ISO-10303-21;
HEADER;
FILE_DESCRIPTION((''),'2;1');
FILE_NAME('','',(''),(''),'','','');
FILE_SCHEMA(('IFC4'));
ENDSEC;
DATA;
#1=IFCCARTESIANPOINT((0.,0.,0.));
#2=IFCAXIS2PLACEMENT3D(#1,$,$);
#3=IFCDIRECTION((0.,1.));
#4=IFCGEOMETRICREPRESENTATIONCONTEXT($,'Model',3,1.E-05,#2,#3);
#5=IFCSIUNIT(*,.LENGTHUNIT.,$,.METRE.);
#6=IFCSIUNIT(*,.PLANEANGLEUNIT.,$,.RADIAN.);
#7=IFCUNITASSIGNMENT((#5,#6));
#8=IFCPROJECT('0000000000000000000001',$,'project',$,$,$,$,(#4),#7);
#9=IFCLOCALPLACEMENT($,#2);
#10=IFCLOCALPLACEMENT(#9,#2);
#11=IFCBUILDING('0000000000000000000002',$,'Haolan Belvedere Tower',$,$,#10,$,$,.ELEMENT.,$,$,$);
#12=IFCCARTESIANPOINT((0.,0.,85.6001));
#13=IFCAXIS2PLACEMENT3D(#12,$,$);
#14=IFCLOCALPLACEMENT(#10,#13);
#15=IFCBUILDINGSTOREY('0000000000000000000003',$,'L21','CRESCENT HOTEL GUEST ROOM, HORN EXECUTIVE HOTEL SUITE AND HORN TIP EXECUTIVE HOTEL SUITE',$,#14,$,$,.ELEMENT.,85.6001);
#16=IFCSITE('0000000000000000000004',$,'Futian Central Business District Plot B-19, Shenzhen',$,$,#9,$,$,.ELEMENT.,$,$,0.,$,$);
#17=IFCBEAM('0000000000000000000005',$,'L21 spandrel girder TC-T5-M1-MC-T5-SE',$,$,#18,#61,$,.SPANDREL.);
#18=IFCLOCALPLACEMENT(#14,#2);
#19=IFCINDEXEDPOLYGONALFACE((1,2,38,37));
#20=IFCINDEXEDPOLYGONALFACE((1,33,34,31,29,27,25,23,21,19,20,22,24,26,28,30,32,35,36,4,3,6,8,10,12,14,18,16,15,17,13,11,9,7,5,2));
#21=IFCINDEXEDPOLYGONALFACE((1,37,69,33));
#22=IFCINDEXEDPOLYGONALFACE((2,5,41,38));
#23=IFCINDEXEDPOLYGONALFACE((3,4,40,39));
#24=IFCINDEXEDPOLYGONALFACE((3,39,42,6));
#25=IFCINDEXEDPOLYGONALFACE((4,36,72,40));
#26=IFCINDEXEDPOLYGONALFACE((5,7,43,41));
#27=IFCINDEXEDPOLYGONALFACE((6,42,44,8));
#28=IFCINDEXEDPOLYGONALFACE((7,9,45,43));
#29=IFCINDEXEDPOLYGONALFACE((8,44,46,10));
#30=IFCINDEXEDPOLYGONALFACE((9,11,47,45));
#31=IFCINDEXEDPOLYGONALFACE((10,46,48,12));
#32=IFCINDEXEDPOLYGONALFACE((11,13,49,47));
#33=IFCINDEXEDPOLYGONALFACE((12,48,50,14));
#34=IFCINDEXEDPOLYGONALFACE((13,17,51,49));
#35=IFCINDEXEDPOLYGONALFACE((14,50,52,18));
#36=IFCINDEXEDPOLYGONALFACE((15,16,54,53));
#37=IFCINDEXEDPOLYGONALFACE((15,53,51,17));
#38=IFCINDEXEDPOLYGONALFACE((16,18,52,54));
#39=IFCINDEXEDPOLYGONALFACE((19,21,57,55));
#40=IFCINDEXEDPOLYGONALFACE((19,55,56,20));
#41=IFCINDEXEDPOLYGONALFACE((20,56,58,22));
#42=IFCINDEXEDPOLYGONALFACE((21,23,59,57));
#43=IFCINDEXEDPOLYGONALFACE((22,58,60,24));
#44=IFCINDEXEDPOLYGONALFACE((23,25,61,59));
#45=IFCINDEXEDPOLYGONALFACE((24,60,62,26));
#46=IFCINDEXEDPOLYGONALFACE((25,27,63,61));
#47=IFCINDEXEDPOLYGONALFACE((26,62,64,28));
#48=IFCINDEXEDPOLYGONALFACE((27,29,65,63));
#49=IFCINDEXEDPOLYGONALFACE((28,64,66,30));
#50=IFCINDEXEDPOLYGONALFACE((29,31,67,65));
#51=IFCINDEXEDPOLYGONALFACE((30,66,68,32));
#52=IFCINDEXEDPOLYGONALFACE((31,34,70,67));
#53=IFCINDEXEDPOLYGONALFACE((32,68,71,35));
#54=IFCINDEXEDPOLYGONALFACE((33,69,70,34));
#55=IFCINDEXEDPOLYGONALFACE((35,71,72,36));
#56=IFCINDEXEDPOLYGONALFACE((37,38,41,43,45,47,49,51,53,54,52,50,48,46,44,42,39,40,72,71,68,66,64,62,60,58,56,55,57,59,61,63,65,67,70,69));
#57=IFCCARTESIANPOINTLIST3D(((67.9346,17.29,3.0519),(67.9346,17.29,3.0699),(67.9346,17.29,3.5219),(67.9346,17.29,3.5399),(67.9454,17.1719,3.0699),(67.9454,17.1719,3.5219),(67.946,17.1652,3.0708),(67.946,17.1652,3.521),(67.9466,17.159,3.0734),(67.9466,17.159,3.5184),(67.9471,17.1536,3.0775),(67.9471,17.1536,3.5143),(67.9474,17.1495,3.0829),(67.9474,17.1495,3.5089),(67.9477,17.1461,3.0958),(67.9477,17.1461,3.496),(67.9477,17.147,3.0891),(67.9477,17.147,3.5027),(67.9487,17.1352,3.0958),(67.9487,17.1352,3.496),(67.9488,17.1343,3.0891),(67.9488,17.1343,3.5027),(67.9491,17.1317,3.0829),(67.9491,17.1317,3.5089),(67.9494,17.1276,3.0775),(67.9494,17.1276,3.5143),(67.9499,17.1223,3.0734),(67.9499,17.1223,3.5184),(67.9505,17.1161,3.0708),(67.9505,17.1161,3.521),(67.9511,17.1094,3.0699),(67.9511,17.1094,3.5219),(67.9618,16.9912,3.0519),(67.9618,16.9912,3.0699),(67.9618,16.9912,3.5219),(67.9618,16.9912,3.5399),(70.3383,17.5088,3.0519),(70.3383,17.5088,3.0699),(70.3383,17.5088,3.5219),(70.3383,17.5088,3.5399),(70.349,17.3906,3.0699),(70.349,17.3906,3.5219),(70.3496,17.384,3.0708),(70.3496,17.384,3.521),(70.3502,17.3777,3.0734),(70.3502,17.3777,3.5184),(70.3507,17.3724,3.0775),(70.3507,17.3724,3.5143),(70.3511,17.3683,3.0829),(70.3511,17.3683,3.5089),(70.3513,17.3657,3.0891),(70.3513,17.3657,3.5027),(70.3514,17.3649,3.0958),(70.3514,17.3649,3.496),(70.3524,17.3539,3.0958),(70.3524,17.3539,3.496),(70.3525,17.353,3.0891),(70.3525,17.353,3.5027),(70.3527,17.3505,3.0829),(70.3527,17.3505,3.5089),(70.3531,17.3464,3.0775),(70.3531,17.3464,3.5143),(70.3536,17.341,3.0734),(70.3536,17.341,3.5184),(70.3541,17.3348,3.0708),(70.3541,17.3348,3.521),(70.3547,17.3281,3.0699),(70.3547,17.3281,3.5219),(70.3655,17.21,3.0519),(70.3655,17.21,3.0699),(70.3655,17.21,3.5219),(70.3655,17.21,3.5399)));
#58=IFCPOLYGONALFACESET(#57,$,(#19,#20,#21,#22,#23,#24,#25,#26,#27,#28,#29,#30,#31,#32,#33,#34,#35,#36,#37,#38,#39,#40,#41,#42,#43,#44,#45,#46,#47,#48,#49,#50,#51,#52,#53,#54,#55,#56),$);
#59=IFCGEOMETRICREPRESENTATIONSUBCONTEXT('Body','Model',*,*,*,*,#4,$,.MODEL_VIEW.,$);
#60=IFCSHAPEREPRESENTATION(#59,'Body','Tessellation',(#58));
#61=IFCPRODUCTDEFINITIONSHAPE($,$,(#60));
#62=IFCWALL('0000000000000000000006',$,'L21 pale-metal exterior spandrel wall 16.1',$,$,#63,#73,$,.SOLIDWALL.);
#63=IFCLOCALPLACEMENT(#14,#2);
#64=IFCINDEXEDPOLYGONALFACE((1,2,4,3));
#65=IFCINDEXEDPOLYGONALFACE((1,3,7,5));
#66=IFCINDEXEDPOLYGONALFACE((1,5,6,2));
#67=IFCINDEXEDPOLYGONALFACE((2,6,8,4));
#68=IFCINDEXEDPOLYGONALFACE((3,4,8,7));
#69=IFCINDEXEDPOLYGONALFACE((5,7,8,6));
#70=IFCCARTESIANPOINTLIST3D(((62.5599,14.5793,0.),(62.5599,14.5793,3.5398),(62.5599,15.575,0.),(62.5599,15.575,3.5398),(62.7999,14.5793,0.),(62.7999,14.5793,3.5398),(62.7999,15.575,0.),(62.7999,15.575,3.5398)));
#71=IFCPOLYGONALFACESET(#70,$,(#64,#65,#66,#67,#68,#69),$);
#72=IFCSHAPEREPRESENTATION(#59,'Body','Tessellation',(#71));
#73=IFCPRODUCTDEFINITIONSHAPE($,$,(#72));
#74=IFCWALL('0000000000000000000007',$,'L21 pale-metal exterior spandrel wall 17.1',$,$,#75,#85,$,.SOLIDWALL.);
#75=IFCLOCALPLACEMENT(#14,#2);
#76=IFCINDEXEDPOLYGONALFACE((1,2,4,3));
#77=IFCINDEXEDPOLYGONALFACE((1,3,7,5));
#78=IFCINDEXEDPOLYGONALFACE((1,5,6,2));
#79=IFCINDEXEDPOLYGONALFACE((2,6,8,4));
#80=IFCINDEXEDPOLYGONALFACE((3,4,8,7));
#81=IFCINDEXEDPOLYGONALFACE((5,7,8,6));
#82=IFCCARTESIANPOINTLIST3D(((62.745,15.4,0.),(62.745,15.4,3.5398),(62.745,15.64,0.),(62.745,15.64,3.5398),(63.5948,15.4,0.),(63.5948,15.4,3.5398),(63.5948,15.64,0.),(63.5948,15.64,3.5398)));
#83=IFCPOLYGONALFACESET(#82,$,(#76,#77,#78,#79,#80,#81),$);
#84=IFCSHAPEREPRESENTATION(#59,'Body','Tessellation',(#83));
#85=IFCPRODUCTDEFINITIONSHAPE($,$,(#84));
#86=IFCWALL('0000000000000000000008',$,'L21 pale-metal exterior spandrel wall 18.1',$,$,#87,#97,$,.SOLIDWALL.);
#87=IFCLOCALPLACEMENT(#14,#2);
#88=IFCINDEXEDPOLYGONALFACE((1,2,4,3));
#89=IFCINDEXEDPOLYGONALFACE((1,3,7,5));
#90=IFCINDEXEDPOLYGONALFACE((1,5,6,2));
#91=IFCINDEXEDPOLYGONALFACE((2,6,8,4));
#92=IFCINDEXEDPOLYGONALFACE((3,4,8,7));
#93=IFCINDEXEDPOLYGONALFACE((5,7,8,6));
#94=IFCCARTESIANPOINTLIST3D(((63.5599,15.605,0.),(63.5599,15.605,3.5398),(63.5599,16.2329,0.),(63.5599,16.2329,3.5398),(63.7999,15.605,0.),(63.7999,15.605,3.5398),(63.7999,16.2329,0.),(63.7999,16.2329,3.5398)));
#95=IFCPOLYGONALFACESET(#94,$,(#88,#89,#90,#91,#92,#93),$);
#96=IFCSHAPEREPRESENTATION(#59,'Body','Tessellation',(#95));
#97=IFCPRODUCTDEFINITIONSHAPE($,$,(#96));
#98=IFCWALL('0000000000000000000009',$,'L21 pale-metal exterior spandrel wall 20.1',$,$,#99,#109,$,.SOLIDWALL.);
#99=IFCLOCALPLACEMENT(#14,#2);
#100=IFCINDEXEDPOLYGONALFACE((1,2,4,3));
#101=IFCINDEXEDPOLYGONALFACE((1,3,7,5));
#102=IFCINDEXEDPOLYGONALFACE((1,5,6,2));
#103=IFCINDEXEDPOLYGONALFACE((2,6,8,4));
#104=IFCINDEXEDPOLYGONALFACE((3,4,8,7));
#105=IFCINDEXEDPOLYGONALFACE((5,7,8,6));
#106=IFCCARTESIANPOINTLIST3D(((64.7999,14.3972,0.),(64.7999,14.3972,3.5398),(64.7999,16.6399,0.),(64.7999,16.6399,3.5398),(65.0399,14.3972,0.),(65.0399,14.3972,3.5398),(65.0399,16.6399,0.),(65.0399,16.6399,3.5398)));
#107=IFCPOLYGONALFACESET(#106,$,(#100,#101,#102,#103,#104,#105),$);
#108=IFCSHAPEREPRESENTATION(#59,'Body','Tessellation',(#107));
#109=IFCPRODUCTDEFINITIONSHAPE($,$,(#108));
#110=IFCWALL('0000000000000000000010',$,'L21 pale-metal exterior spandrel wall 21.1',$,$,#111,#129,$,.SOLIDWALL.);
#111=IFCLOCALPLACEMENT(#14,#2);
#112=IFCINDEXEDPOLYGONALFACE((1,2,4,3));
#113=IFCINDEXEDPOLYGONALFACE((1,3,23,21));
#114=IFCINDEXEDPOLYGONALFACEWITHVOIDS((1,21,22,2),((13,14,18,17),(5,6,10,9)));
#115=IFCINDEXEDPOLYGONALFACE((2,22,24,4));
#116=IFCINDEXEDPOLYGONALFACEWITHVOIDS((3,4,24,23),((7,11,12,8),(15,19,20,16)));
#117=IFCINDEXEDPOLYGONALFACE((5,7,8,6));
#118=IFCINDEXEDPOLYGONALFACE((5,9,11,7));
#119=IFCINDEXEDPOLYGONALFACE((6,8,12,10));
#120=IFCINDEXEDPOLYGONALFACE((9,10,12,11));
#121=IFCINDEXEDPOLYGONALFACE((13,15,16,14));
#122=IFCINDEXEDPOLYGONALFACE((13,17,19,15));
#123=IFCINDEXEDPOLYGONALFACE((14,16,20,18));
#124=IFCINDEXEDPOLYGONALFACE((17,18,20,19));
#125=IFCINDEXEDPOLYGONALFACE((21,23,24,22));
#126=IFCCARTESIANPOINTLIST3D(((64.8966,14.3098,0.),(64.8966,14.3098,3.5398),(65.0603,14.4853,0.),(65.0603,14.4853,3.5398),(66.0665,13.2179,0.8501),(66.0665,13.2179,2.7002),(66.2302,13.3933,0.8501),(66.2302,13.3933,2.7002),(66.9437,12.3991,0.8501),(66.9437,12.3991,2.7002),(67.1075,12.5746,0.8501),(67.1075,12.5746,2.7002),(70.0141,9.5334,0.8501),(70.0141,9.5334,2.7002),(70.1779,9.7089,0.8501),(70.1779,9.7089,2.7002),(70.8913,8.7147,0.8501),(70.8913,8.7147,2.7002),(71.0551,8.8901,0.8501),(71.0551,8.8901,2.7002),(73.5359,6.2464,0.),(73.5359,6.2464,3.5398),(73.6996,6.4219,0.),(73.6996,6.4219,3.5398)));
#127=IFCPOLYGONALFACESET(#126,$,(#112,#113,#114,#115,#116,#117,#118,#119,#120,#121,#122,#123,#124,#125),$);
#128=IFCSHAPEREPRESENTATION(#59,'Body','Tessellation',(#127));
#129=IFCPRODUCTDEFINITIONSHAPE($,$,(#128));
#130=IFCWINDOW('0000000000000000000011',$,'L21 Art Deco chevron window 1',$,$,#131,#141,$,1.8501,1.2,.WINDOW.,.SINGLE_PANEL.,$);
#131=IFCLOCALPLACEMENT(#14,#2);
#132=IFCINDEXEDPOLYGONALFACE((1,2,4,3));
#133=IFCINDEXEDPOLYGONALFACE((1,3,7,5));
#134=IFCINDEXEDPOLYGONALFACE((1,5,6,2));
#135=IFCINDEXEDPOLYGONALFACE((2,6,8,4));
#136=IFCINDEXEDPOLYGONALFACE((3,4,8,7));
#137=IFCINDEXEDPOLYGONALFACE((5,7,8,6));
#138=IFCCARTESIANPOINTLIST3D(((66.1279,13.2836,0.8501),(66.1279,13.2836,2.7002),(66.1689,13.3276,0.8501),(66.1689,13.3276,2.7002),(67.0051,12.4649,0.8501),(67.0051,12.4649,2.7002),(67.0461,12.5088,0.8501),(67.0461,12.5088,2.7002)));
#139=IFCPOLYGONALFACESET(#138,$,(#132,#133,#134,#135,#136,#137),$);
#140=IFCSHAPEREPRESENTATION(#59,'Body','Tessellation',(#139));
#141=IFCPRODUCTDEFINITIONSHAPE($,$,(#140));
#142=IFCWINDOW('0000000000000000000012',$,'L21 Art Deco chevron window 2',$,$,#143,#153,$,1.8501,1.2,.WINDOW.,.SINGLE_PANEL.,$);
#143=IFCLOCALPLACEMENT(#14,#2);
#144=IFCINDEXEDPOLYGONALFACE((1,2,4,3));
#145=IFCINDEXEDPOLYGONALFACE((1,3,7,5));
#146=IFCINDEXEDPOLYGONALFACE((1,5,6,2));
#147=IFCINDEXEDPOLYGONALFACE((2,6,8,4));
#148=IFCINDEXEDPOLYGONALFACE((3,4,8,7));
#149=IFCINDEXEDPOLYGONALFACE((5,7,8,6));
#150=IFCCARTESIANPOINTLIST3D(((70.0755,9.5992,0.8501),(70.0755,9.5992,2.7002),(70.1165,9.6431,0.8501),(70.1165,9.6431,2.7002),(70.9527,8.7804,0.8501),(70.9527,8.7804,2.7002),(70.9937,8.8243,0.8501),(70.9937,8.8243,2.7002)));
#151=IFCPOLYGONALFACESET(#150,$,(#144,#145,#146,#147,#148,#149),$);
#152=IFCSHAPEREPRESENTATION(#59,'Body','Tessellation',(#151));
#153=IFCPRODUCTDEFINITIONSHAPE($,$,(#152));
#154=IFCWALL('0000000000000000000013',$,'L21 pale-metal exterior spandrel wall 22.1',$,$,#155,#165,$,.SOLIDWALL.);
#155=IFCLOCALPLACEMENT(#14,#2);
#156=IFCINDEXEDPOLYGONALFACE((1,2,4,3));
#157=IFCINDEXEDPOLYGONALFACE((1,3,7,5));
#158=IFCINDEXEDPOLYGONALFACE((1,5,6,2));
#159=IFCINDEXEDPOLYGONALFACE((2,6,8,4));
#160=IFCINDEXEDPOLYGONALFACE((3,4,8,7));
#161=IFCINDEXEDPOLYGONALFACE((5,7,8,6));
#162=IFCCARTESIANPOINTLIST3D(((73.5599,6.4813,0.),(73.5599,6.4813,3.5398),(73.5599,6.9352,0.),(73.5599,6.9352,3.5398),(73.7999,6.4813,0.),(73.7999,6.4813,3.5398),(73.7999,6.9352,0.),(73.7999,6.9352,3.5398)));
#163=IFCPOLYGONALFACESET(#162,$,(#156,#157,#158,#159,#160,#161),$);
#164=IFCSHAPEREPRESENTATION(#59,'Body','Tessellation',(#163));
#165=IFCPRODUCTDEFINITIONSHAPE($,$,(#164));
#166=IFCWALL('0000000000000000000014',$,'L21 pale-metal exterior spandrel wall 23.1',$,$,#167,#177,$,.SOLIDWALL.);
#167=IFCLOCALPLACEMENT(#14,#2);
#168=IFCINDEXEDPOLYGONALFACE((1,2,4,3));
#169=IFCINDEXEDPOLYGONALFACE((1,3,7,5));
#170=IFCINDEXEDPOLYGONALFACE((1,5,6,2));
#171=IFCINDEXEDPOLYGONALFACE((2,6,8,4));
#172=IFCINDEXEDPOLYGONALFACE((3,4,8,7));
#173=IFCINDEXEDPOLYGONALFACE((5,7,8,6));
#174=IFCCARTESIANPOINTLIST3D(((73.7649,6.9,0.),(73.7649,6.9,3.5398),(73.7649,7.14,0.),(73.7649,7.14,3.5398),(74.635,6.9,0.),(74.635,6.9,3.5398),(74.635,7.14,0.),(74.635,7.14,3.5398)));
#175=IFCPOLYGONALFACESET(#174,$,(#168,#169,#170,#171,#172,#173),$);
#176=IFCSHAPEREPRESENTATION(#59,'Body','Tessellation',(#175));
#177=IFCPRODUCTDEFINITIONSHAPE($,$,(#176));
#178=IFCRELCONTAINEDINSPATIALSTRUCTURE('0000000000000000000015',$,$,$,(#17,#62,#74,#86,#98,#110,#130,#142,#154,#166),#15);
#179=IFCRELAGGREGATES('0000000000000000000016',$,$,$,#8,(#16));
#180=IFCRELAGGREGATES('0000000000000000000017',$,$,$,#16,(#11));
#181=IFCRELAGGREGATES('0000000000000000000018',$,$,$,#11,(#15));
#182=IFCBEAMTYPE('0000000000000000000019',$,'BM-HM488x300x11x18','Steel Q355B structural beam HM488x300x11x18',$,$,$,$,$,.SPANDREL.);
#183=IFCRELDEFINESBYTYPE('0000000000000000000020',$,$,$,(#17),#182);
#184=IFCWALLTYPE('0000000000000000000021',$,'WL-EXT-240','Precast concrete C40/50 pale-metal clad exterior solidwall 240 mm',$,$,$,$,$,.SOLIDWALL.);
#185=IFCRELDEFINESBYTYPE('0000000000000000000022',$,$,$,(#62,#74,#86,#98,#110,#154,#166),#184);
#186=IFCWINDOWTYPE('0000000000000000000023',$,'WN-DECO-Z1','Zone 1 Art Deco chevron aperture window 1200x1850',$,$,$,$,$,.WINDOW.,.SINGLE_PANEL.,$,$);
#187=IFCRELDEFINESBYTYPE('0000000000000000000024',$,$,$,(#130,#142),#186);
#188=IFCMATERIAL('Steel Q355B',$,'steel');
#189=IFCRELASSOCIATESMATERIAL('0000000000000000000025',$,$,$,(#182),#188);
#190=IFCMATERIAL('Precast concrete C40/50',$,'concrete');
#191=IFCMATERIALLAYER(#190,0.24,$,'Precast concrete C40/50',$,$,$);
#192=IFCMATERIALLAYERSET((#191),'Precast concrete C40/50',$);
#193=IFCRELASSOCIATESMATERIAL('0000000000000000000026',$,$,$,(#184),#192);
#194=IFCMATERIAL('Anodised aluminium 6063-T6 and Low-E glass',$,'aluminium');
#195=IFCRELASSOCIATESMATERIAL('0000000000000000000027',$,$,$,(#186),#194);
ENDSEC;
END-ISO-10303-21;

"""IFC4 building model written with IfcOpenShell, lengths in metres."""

from ifc_helpers import new_model, si_unit, direction, frame, frame_2d, origin, origin_2d, place, context, subcontext, project, spatial, rectangle, i_section, extrude, material, layer, layer_set, material_profile, profile_set, type_object, element, fill, save


model = new_model("IFC4")

# Units and contexts
model_context = context("Model", 3, precision=1e-05, world=origin(), true_north=direction((0.0, 1.0)))
body_context = subcontext(model_context, "Body", "Model", "MODEL_VIEW")
ifc_project = project(units=[si_unit("LENGTHUNIT", "METRE"), si_unit("PLANEANGLEUNIT", "RADIAN")], contexts=[model_context])

# Site, building, storey
site_placement = place(None, origin())
site = spatial("IfcSite", under=ifc_project, at=site_placement, Name="Futian Central Business District Plot B-19, Shenzhen", CompositionType="ELEMENT", RefElevation=0.0)
building_placement = place(site_placement, origin())
building = spatial("IfcBuilding", under=site, at=building_placement, Name="Haolan Belvedere Tower", CompositionType="ELEMENT")
storey_placement = place(building_placement, frame((0.0, 0.0, 85.6001)))
storey = spatial("IfcBuildingStorey", under=building, at=storey_placement, Name="L21", Description="CRESCENT HOTEL GUEST ROOM, HORN EXECUTIVE HOTEL SUITE AND HORN TIP EXECUTIVE HOTEL SUITE", CompositionType="ELEMENT", Elevation=85.6001)

# Shared definitions
ifc_material_1 = material(Name="Steel Q355B", Category="steel")

# Beam
ifc_material_profile_1 = material_profile(ifc_material_1, i_section(OverallWidth=0.3, OverallDepth=0.488, WebThickness=0.011, FlangeThickness=0.0181, FilletRadius=0.0259, at=origin_2d()), Name="Steel Q355B")
ifc_profile_set_1 = profile_set([ifc_material_profile_1], Name="Steel Q355B")
beam_type = type_object("IfcBeamType", Name="BM-HM488x300x11x18", Description="Steel Q355B structural beam HM488x300x11x18", PredefinedType="SPANDREL", material=ifc_profile_set_1)
for number, where, z_axis, x_axis, name in (
    (1, (67.9482, 17.1406, 3.2959), (0.995884, 0.090636, 0.0), (-0.090636, 0.995884, 0.0), "L21 spandrel girder TC-T5-M1-MC-T5-SE"),
):
    element("IfcBeam", number, at=place(storey_placement, frame(where, z_axis=z_axis, x_axis=x_axis)), inside=storey, type_object=beam_type, Name=name, PredefinedType="SPANDREL", context=body_context, shape_type="SweptSolid", body=[
        extrude(i_section(OverallWidth=0.3, OverallDepth=0.488, WebThickness=0.011, FlangeThickness=0.0181, FilletRadius=0.0259, at=origin_2d()), origin(), (0.0, 0.0, 1.0), 2.4136),
    ])

# Walls
ifc_material_2 = material(Name="Precast concrete C40/50", Category="concrete")
ifc_layer_1 = layer(ifc_material_2, 0.24, Name="Precast concrete C40/50")
ifc_layer_set_1 = layer_set([ifc_layer_1], Name="Precast concrete C40/50")
wall_type_1 = type_object("IfcWallType", Name="WL-EXT-240", Description="Precast concrete C40/50 pale-metal clad exterior solidwall 240 mm", PredefinedType="SOLIDWALL", material=ifc_layer_set_1)
wall_1_placement = place(storey_placement, frame((62.6799, 14.5793, 0.0), z_axis=(0.0, 0.0, 1.0), x_axis=(0.0, 1.0, 0.0)))
element("IfcWall", 2, at=wall_1_placement, inside=storey, type_object=wall_type_1, Name="L21 pale-metal exterior spandrel wall 16.1", PredefinedType="SOLIDWALL", context=body_context, shape_type="SweptSolid", body=[
    extrude(rectangle(XDim=0.9956, YDim=0.24, at=frame_2d((0.4978, 0.0))), origin(), (0.0, 0.0, 1.0), 3.5398),
])
wall_2_placement = place(storey_placement, frame((62.7451, 15.52, 0.0), z_axis=(0.0, 0.0, 1.0), x_axis=(1.0, 0.0, 0.0)))
element("IfcWall", 3, at=wall_2_placement, inside=storey, type_object=wall_type_1, Name="L21 pale-metal exterior spandrel wall 17.1", PredefinedType="SOLIDWALL", context=body_context, shape_type="SweptSolid", body=[
    extrude(rectangle(XDim=0.8499, YDim=0.24, at=frame_2d((0.4248, 0.0))), origin(), (0.0, 0.0, 1.0), 3.5398),
])
wall_3_placement = place(storey_placement, frame((63.6799, 15.605, 0.0), z_axis=(0.0, 0.0, 1.0), x_axis=(0.0, 1.0, 0.0)))
element("IfcWall", 4, at=wall_3_placement, inside=storey, type_object=wall_type_1, Name="L21 pale-metal exterior spandrel wall 18.1", PredefinedType="SOLIDWALL", context=body_context, shape_type="SweptSolid", body=[
    extrude(rectangle(XDim=0.6279, YDim=0.24, at=frame_2d((0.314, 0.0))), origin(), (0.0, 0.0, 1.0), 3.5398),
])
wall_4_placement = place(storey_placement, frame((64.9199, 16.6399, 0.0), z_axis=(0.0, 0.0, 1.0), x_axis=(0.0, -1.0, 0.0)))
element("IfcWall", 5, at=wall_4_placement, inside=storey, type_object=wall_type_1, Name="L21 pale-metal exterior spandrel wall 20.1", PredefinedType="SOLIDWALL", context=body_context, shape_type="SweptSolid", body=[
    extrude(rectangle(XDim=2.2427, YDim=0.24, at=frame_2d((1.1213, 0.0))), origin(), (0.0, 0.0, 1.0), 3.5398),
])

# Wall, openings, windows
wall_5_placement = place(storey_placement, frame((64.9785, 14.3975, 0.0), z_axis=(0.0, 0.0, 1.0), x_axis=(0.731054, -0.68232, 0.0)))
wall_5 = element("IfcWall", 6, at=wall_5_placement, inside=storey, type_object=wall_type_1, Name="L21 pale-metal exterior spandrel wall 21.1", PredefinedType="SOLIDWALL", context=body_context, shape_type="SweptSolid", body=[
    extrude(rectangle(XDim=11.8176, YDim=0.24, at=frame_2d((5.9087, 0.0))), origin(), (0.0, 0.0, 1.0), 3.5398),
])
opening_1_placement = place(wall_5_placement, frame((1.6001, 0.0, 0.8501)))
opening_1 = element("IfcOpeningElement", 7, at=opening_1_placement, cuts=wall_5, PredefinedType="OPENING", context=body_context, shape_type="SweptSolid", body=[
    extrude(rectangle(XDim=1.2, YDim=1.8501, at=frame_2d((0.6001, 0.925))), frame((0.0, 0.1299, 0.0), z_axis=(0.0, -1.0, 0.0), x_axis=(1.0, 0.0, 0.0)), (0.0, 0.0, 1.0), 0.26),
])
opening_2_placement = place(wall_5_placement, frame((7.0, 0.0, 0.8501)))
opening_2 = element("IfcOpeningElement", 8, at=opening_2_placement, cuts=wall_5, PredefinedType="OPENING", context=body_context, shape_type="SweptSolid", body=[
    extrude(rectangle(XDim=1.2, YDim=1.8501, at=frame_2d((0.6001, 0.925))), frame((0.0, 0.1299, 0.0), z_axis=(0.0, -1.0, 0.0), x_axis=(1.0, 0.0, 0.0)), (0.0, 0.0, 1.0), 0.26),
])
ifc_material_3 = material(Name="Anodised aluminium 6063-T6 and Low-E glass", Category="aluminium")
window_type = type_object("IfcWindowType", Name="WN-DECO-Z1", Description="Zone 1 Art Deco chevron aperture window 1200x1850", PartitioningType="SINGLE_PANEL", PredefinedType="WINDOW", material=ifc_material_3)
window_1_placement = place(opening_1_placement, origin())
window_1 = element("IfcWindow", 9, at=window_1_placement, inside=storey, type_object=window_type, Name="L21 Art Deco chevron window 1", OverallHeight=1.8501, OverallWidth=1.2, PartitioningType="SINGLE_PANEL", PredefinedType="WINDOW", context=body_context, shape_type="SweptSolid", body=[
    extrude(rectangle(XDim=1.2, YDim=1.8501, at=frame_2d((0.6001, 0.925))), frame((0.0, 0.03, 0.0), z_axis=(0.0, -1.0, 0.0), x_axis=(1.0, 0.0, 0.0)), (0.0, 0.0, 1.0), 0.0601),
])
fill(opening_1, window_1)
window_2_placement = place(opening_2_placement, origin())
window_2 = element("IfcWindow", 10, at=window_2_placement, inside=storey, type_object=window_type, Name="L21 Art Deco chevron window 2", OverallHeight=1.8501, OverallWidth=1.2, PartitioningType="SINGLE_PANEL", PredefinedType="WINDOW", context=body_context, shape_type="SweptSolid", body=[
    extrude(rectangle(XDim=1.2, YDim=1.8501, at=frame_2d((0.6001, 0.925))), frame((0.0, 0.03, 0.0), z_axis=(0.0, -1.0, 0.0), x_axis=(1.0, 0.0, 0.0)), (0.0, 0.0, 1.0), 0.0601),
])
fill(opening_2, window_2)

# Walls
wall_6_placement = place(storey_placement, frame((73.6799, 6.4812, 0.0), z_axis=(0.0, 0.0, 1.0), x_axis=(0.0, 1.0, 0.0)))
element("IfcWall", 11, at=wall_6_placement, inside=storey, type_object=wall_type_1, Name="L21 pale-metal exterior spandrel wall 22.1", PredefinedType="SOLIDWALL", context=body_context, shape_type="SweptSolid", body=[
    extrude(rectangle(XDim=0.4539, YDim=0.24, at=frame_2d((0.2271, 0.0))), origin(), (0.0, 0.0, 1.0), 3.5398),
])
wall_7_placement = place(storey_placement, frame((73.7649, 7.02, 0.0), z_axis=(0.0, 0.0, 1.0), x_axis=(1.0, 0.0, 0.0)))
element("IfcWall", 12, at=wall_7_placement, inside=storey, type_object=wall_type_1, Name="L21 pale-metal exterior spandrel wall 23.1", PredefinedType="SOLIDWALL", context=body_context, shape_type="SweptSolid", body=[
    extrude(rectangle(XDim=0.8701, YDim=0.24, at=frame_2d((0.4351, 0.0))), origin(), (0.0, 0.0, 1.0), 3.5398),
])

save(model, "model.ifc")
